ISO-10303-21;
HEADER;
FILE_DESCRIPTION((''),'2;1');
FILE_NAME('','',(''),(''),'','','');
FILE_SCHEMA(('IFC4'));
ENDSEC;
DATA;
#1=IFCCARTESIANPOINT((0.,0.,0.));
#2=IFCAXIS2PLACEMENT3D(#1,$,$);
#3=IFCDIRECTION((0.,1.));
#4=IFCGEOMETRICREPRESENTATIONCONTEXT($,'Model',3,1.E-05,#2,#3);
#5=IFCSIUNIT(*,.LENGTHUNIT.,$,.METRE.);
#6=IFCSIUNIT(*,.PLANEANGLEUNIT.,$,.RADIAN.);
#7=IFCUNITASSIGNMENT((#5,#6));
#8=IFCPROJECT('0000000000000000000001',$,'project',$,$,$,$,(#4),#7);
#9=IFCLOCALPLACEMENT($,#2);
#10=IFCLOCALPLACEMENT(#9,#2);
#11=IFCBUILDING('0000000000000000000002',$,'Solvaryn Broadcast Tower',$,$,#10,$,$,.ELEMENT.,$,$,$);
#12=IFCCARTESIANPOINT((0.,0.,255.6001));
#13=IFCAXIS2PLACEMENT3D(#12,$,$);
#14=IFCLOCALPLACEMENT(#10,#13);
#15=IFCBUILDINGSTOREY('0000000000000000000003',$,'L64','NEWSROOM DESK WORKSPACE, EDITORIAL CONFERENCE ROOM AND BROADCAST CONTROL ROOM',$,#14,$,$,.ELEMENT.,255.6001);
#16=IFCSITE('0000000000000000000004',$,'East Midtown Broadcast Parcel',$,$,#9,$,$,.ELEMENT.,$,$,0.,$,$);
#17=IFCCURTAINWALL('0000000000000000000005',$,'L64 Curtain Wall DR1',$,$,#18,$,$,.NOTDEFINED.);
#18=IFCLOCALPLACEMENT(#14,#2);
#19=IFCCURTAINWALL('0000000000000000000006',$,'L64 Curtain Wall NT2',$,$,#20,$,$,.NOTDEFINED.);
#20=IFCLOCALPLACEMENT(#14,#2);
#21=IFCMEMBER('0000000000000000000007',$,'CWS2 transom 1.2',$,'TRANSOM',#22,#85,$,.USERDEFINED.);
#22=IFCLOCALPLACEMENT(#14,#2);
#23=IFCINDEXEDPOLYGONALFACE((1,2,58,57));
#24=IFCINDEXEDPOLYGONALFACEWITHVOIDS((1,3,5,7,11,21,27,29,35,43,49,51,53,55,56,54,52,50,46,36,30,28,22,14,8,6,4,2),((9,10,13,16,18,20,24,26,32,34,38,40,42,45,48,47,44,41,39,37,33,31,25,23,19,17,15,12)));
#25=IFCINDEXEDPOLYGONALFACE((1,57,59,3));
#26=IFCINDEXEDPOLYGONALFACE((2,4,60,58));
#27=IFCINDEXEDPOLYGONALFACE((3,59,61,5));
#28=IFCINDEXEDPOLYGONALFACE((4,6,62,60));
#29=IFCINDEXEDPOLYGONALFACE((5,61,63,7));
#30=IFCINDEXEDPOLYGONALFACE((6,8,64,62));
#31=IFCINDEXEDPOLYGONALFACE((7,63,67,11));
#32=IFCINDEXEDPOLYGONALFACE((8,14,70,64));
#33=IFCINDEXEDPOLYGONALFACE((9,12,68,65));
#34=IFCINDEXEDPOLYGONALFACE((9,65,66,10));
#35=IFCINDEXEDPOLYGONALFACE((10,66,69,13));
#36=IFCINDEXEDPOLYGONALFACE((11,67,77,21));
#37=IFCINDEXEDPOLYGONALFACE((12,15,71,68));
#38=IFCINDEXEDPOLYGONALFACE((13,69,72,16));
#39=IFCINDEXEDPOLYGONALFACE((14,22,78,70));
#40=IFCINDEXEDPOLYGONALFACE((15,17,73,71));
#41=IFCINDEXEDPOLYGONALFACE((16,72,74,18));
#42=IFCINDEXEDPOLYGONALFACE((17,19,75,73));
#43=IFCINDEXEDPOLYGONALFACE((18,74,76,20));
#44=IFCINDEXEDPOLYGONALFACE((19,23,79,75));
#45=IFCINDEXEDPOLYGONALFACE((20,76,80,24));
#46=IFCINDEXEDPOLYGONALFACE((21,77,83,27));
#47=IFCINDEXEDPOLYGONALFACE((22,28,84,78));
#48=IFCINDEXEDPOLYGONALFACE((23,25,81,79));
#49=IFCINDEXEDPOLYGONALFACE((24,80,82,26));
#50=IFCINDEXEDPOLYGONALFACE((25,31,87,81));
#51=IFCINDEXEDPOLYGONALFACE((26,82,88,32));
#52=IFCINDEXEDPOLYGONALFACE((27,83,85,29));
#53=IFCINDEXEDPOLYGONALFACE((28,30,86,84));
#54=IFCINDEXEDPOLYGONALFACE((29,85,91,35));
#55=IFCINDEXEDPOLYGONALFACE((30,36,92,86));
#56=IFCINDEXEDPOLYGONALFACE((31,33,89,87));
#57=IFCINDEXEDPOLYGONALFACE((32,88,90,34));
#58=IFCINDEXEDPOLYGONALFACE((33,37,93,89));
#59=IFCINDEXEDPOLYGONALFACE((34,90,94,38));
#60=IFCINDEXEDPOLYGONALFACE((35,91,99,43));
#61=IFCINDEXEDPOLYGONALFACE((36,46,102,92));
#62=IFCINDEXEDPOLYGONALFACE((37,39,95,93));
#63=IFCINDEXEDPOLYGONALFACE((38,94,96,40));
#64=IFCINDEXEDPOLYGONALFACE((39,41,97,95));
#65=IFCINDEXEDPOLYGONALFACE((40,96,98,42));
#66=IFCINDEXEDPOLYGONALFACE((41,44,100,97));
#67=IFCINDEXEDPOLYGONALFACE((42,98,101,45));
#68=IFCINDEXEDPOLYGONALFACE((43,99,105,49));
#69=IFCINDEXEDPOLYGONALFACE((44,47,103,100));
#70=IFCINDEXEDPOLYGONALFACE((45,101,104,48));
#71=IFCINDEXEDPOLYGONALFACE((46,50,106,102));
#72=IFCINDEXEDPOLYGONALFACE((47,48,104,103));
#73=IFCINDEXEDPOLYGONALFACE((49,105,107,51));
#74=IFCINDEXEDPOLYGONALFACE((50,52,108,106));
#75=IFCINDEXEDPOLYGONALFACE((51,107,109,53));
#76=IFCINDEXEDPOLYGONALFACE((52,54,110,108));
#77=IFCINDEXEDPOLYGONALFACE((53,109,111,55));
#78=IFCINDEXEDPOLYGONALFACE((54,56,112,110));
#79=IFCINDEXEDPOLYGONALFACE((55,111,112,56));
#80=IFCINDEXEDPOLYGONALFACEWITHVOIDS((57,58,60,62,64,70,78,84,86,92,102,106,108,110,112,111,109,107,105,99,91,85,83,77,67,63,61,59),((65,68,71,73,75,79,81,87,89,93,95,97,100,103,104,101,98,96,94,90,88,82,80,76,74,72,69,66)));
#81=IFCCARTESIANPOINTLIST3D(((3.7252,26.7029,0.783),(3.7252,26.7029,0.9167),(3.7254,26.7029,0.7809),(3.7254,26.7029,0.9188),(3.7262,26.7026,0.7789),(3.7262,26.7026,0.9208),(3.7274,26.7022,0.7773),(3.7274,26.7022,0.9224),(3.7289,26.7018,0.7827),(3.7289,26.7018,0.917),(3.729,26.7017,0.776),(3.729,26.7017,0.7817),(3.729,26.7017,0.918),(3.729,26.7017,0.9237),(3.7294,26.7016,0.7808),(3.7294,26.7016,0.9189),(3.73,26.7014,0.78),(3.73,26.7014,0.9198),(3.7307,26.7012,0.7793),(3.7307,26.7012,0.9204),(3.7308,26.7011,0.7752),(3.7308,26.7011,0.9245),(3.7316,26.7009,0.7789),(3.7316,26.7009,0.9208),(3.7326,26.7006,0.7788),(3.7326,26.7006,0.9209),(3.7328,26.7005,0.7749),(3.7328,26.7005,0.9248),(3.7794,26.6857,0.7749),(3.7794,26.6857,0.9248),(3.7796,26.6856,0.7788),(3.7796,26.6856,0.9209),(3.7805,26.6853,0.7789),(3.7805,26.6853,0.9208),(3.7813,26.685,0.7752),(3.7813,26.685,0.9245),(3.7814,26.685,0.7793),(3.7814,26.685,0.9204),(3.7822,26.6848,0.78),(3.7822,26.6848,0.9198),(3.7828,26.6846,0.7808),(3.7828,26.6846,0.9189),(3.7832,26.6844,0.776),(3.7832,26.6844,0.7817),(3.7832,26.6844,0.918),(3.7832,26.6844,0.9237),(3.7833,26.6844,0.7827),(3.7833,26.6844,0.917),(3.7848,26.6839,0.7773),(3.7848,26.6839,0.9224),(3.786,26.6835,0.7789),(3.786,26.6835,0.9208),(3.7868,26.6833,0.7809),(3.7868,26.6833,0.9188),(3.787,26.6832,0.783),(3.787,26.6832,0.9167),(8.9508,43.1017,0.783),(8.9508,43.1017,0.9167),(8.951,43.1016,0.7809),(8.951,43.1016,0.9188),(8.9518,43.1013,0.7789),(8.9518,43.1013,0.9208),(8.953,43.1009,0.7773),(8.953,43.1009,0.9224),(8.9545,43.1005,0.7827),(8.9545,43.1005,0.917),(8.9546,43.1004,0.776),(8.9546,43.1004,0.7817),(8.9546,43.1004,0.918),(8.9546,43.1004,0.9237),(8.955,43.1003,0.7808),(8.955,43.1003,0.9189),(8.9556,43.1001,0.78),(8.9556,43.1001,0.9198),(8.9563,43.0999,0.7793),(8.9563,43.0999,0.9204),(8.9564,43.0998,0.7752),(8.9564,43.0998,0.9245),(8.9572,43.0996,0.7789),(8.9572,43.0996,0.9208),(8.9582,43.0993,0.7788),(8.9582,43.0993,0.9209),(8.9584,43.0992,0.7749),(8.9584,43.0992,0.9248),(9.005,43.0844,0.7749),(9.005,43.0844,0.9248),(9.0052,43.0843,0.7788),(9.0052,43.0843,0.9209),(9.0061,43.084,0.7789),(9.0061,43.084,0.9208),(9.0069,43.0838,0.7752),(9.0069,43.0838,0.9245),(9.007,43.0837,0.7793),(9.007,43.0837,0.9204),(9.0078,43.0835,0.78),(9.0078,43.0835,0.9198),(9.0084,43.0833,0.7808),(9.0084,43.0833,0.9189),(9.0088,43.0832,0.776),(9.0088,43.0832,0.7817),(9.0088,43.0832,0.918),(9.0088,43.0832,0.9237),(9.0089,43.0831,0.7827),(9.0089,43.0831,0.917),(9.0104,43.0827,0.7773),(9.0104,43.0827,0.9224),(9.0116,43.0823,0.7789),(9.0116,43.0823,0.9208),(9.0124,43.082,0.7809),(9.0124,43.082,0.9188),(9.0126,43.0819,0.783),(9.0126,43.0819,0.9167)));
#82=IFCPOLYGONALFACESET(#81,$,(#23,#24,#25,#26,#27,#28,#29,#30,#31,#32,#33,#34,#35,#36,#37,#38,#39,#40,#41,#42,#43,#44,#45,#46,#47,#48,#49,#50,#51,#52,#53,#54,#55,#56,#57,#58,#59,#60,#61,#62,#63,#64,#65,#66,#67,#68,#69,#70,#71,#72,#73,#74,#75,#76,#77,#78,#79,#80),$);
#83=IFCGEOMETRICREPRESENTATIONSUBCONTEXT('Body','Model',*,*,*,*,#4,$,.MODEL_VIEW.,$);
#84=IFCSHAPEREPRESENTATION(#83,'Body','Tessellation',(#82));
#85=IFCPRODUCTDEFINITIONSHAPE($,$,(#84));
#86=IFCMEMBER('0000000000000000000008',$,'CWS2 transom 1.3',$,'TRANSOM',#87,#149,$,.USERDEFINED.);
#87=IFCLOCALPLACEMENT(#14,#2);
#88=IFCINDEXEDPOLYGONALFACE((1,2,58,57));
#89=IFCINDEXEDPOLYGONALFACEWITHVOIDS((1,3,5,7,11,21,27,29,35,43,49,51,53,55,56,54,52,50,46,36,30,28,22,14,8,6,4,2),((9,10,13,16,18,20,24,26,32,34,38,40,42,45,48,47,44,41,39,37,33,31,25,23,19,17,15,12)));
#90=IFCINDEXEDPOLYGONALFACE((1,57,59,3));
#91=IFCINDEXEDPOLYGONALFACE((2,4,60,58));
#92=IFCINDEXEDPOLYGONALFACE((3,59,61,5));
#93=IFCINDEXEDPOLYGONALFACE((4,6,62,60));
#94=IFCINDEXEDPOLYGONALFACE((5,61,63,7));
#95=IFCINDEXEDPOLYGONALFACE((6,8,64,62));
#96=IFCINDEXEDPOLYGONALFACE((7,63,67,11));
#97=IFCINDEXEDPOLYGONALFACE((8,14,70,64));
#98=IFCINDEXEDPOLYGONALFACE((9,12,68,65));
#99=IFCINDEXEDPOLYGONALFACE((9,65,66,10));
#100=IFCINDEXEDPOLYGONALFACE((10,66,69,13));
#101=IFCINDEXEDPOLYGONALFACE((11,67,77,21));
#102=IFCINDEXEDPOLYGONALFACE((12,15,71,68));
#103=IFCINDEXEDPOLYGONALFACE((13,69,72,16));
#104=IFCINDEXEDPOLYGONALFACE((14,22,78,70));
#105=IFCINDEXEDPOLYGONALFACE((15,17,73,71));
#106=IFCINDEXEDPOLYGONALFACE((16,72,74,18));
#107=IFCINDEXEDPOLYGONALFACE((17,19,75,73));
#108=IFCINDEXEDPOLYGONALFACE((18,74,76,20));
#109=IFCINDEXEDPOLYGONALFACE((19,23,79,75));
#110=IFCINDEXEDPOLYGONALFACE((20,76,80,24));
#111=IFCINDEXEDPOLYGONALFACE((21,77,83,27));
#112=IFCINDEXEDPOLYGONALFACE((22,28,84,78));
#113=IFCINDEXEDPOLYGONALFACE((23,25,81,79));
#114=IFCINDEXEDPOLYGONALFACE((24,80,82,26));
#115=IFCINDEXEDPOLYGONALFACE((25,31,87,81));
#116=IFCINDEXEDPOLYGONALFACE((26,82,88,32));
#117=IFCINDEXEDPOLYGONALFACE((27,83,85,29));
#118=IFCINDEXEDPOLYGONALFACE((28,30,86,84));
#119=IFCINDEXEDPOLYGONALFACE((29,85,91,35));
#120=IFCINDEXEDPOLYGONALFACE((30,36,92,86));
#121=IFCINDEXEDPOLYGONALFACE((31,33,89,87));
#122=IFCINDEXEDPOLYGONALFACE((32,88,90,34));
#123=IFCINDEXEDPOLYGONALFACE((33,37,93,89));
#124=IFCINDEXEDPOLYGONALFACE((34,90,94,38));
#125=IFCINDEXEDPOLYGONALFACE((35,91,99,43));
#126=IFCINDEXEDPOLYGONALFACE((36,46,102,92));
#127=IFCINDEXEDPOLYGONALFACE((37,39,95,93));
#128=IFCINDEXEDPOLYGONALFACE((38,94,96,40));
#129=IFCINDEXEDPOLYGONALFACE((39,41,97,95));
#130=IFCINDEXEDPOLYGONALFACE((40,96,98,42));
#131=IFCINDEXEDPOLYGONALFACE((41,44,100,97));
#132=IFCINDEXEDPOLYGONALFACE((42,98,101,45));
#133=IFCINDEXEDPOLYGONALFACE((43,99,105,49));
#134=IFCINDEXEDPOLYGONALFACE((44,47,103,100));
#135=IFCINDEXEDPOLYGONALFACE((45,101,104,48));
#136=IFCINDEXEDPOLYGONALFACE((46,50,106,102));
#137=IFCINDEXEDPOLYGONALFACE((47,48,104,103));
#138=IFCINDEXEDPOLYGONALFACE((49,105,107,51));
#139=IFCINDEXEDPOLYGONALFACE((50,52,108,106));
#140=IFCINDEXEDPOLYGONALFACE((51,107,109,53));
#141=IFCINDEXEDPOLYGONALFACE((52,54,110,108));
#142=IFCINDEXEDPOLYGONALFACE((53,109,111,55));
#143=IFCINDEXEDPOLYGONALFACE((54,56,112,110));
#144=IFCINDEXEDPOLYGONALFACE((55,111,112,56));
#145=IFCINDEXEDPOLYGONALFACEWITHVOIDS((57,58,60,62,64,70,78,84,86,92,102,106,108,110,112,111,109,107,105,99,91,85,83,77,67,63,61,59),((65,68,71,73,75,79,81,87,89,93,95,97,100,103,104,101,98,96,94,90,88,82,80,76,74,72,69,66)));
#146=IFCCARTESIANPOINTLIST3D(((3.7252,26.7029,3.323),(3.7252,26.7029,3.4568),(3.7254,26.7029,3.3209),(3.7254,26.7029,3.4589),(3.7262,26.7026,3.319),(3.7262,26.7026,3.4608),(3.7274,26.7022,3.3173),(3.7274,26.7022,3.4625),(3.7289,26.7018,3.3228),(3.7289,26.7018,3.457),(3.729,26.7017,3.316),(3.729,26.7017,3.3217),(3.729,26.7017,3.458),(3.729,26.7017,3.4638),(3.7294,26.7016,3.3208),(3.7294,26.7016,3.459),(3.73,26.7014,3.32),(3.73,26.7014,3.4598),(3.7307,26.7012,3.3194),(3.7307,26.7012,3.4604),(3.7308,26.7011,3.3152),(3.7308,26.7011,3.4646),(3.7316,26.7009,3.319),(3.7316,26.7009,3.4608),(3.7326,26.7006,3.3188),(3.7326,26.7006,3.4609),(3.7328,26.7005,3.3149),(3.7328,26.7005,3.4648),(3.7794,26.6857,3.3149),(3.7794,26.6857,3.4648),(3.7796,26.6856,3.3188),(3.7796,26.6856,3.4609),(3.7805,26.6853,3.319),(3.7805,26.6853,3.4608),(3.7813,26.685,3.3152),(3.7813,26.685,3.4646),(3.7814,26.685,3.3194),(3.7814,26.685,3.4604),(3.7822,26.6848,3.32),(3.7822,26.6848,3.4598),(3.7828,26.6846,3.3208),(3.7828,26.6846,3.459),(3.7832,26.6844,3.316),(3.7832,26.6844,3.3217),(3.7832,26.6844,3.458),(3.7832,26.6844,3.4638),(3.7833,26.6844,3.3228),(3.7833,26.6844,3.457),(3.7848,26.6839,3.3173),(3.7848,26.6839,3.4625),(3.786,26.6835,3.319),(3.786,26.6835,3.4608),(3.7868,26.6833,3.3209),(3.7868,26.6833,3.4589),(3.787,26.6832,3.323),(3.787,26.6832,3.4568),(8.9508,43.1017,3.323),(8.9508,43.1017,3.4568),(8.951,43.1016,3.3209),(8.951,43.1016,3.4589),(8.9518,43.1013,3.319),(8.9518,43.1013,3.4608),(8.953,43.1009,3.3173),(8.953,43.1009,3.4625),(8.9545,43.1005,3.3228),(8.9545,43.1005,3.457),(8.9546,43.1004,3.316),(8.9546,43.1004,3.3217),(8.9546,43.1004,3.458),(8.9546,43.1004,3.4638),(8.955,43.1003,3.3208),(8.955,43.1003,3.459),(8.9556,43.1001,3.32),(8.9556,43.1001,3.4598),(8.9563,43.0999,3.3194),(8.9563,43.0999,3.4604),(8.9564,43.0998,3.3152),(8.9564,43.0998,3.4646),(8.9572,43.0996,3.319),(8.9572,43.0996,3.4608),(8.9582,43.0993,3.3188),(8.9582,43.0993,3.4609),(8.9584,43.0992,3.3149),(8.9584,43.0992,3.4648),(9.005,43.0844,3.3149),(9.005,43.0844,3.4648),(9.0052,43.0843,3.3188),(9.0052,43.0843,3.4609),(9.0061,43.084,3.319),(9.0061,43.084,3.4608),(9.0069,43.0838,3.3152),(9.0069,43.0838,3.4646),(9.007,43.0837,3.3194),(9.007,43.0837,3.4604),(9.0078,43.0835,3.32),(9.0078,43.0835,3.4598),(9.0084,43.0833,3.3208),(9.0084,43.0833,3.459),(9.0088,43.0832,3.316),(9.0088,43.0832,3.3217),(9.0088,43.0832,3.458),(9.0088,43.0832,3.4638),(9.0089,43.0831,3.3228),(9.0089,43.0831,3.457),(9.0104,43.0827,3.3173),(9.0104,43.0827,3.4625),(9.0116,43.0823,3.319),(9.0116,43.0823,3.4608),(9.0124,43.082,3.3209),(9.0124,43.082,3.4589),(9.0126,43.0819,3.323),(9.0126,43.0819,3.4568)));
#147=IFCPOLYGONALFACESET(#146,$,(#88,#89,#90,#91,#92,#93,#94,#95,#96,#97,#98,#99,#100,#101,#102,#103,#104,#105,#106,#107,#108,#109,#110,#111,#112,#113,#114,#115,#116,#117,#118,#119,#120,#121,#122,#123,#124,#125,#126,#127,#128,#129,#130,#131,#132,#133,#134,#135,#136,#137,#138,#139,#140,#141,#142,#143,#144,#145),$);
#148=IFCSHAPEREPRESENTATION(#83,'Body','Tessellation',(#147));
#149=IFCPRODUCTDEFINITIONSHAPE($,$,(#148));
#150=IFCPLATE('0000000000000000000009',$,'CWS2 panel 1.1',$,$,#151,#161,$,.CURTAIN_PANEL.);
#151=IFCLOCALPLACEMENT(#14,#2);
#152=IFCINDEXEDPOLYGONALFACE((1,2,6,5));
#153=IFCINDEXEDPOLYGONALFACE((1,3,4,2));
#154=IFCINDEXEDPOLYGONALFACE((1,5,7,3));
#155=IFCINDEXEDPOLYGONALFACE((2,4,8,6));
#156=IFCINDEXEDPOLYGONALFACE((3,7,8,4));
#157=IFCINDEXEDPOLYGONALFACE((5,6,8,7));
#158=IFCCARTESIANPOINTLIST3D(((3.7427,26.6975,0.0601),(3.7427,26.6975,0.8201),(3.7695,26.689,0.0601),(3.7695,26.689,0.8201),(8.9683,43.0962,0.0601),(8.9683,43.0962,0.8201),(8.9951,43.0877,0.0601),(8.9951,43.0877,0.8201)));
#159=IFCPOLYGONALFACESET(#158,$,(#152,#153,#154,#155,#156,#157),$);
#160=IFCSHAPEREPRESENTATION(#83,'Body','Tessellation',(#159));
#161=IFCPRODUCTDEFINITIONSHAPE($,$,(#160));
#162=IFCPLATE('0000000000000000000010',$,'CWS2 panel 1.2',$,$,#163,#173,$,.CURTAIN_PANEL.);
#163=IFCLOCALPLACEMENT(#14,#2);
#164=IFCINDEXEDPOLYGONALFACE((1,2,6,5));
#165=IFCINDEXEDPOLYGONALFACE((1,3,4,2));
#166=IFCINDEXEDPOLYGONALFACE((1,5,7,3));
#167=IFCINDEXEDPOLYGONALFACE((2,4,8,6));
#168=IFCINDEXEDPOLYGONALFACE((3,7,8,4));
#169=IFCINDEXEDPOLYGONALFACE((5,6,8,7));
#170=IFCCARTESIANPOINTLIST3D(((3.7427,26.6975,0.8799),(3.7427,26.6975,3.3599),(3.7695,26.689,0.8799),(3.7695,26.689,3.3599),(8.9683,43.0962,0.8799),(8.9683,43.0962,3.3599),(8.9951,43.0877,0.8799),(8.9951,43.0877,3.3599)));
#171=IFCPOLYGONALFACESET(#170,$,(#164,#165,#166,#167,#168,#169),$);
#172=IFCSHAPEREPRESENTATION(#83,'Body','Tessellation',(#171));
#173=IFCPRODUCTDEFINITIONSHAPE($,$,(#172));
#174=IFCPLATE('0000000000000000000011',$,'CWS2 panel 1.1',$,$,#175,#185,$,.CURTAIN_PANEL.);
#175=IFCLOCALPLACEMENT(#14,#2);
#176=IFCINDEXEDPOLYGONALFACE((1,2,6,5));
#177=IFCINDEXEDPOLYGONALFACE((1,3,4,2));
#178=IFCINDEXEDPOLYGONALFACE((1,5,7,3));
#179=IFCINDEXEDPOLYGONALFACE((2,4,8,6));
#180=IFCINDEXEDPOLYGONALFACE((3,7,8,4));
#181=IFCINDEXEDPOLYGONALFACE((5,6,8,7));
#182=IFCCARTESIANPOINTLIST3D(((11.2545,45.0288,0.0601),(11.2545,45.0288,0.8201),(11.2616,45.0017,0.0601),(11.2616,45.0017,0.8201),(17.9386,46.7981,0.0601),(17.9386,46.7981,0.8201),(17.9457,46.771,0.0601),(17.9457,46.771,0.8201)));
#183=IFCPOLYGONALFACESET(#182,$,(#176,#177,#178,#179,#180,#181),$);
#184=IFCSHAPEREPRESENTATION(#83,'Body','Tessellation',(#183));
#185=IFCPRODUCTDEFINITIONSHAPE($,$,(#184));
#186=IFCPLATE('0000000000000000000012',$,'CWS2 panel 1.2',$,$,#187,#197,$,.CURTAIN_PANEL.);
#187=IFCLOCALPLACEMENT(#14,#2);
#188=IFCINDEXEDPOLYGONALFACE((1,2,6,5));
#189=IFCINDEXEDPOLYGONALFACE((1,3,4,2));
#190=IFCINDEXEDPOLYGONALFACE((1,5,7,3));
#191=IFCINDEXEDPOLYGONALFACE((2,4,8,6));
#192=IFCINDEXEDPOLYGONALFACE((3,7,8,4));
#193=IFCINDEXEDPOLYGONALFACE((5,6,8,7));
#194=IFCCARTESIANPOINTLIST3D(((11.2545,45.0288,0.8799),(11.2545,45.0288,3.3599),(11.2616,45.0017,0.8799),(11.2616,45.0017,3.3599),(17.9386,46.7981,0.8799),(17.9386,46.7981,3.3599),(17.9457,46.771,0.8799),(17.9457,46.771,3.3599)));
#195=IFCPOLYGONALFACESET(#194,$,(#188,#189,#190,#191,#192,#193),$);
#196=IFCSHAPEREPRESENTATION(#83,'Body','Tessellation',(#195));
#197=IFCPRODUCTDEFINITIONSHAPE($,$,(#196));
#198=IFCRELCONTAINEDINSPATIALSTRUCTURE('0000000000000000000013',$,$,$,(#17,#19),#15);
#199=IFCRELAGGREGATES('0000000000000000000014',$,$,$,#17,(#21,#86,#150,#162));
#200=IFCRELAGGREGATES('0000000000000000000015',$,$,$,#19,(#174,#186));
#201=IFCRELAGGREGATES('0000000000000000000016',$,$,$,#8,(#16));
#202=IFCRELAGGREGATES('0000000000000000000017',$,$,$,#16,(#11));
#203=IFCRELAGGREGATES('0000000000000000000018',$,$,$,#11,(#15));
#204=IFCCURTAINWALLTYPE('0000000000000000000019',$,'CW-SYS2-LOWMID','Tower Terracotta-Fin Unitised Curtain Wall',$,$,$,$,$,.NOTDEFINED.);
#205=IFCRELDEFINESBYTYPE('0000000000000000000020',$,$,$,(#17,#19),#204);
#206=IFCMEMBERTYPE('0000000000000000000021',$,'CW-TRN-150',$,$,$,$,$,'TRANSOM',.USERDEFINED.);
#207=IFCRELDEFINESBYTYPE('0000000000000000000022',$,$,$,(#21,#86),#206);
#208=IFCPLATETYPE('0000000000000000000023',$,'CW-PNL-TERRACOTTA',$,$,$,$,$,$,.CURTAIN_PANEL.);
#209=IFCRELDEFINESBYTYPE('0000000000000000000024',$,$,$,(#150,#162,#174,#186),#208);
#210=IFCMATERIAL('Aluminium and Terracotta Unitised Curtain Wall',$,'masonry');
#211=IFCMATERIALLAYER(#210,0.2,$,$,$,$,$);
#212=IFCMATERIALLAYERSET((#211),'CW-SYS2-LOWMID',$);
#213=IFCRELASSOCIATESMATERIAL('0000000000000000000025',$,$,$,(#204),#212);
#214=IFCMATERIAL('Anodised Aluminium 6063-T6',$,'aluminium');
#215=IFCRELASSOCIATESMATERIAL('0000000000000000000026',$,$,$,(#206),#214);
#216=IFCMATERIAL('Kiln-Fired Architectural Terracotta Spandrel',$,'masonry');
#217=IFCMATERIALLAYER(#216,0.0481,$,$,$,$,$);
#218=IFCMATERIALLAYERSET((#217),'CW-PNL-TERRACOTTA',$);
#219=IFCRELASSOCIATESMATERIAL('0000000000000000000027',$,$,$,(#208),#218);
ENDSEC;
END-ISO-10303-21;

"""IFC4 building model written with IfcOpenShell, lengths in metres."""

from ifc_helpers import new_model, si_unit, direction, frame, origin, origin_2d, place, context, subcontext, project, spatial, rectangle, hollow_rectangle, extrude, material, layer, layer_set, material_profile, profile_set, type_object, element, aggregate, save


model = new_model("IFC4")

# Units and contexts
model_context = context("Model", 3, precision=1e-05, world=origin(), true_north=direction((0.0, 1.0)))
body_context = subcontext(model_context, "Body", "Model", "MODEL_VIEW")
ifc_project = project(units=[si_unit("LENGTHUNIT", "METRE"), si_unit("PLANEANGLEUNIT", "RADIAN")], contexts=[model_context])

# Site, building, storey
site_placement = place(None, origin())
site = spatial("IfcSite", under=ifc_project, at=site_placement, Name="East Midtown Broadcast Parcel", CompositionType="ELEMENT", RefElevation=0.0)
building_placement = place(site_placement, origin())
building = spatial("IfcBuilding", under=site, at=building_placement, Name="Solvaryn Broadcast Tower", CompositionType="ELEMENT")
storey_placement = place(building_placement, frame((0.0, 0.0, 255.6001)))
storey = spatial("IfcBuildingStorey", under=building, at=storey_placement, Name="L64", Description="NEWSROOM DESK WORKSPACE, EDITORIAL CONFERENCE ROOM AND BROADCAST CONTROL ROOM", CompositionType="ELEMENT", Elevation=255.6001)

# Curtain walls
ifc_material_1 = material(Name="Aluminium and Terracotta Unitised Curtain Wall", Category="masonry")
ifc_layer_1 = layer(ifc_material_1, 0.2)
ifc_layer_set_1 = layer_set([ifc_layer_1], Name="CW-SYS2-LOWMID")
curtain_wall_type = type_object("IfcCurtainWallType", Name="CW-SYS2-LOWMID", Description="Tower Terracotta-Fin Unitised Curtain Wall", PredefinedType="NOTDEFINED", material=ifc_layer_set_1)
curtain_wall_1_placement = place(storey_placement, origin())
curtain_wall_1 = element("IfcCurtainWall", 1, at=curtain_wall_1_placement, inside=storey, type_object=curtain_wall_type, Name="L64 Curtain Wall DR1", PredefinedType="NOTDEFINED")
curtain_wall_2_placement = place(storey_placement, origin())
curtain_wall_2 = element("IfcCurtainWall", 2, at=curtain_wall_2_placement, inside=storey, type_object=curtain_wall_type, Name="L64 Curtain Wall NT2", PredefinedType="NOTDEFINED")

# Members
ifc_material_2 = material(Name="Anodised Aluminium 6063-T6", Category="aluminium")
ifc_material_profile_1 = material_profile(ifc_material_2, hollow_rectangle(XDim=0.0649, YDim=0.1499, WallThickness=0.0039, InnerFilletRadius=0.0039, OuterFilletRadius=0.0081, at=origin_2d()))
ifc_profile_set_1 = profile_set([ifc_material_profile_1], Name="Anodised Aluminium 6063-T6")
member_type_1 = type_object("IfcMemberType", Name="CW-TRN-150", ElementType="TRANSOM", PredefinedType="USERDEFINED", material=ifc_profile_set_1)
member_1_placement = place(storey_placement, frame((8.9817, 43.0918, 0.8499), z_axis=(-0.303616, -0.952794, 0.0), x_axis=(0.952794, -0.303616, 0.0)))
member_1 = element("IfcMember", 3, at=member_1_placement, type_object=member_type_1, Name="CWS2 transom 1.2", ObjectType="TRANSOM", PredefinedType="USERDEFINED", context=body_context, shape_type="SweptSolid", body=[
    extrude(hollow_rectangle(XDim=0.0649, YDim=0.1499, WallThickness=0.0039, InnerFilletRadius=0.0039, OuterFilletRadius=0.0081, at=origin_2d()), origin(), (0.0, 0.0, 1.0), 17.2112),
])
member_2_placement = place(storey_placement, frame((8.9817, 43.0918, 3.3899), z_axis=(-0.303616, -0.952794, 0.0), x_axis=(0.952794, -0.303616, 0.0)))
member_2 = element("IfcMember", 4, at=member_2_placement, type_object=member_type_1, Name="CWS2 transom 1.3", ObjectType="TRANSOM", PredefinedType="USERDEFINED", context=body_context, shape_type="SweptSolid", body=[
    extrude(hollow_rectangle(XDim=0.0649, YDim=0.1499, WallThickness=0.0039, InnerFilletRadius=0.0039, OuterFilletRadius=0.0081, at=origin_2d()), origin(), (0.0, 0.0, 1.0), 17.2112),
])

# Plates
ifc_material_3 = material(Name="Kiln-Fired Architectural Terracotta Spandrel", Category="masonry")
ifc_layer_2 = layer(ifc_material_3, 0.0481)
ifc_layer_set_2 = layer_set([ifc_layer_2], Name="CW-PNL-TERRACOTTA")
plate_type = type_object("IfcPlateType", Name="CW-PNL-TERRACOTTA", PredefinedType="CURTAIN_PANEL", material=ifc_layer_set_2)
plate_1_placement = place(storey_placement, frame((6.3689, 34.8926, 0.0601), z_axis=(0.0, 0.0, 1.0), x_axis=(-0.303616, -0.952795, 0.0)))
plate_1 = element("IfcPlate", 5, at=plate_1_placement, type_object=plate_type, Name="CWS2 panel 1.1", PredefinedType="CURTAIN_PANEL", context=body_context, shape_type="SweptSolid", body=[
    extrude(rectangle(XDim=17.2112, YDim=0.0281, at=origin_2d()), origin(), (0.0, 0.0, 1.0), 0.76),
])
plate_2_placement = place(storey_placement, frame((6.3689, 34.8926, 0.8799), z_axis=(0.0, 0.0, 1.0), x_axis=(-0.303616, -0.952795, 0.0)))
plate_2 = element("IfcPlate", 6, at=plate_2_placement, type_object=plate_type, Name="CWS2 panel 1.2", PredefinedType="CURTAIN_PANEL", context=body_context, shape_type="SweptSolid", body=[
    extrude(rectangle(XDim=17.2112, YDim=0.0281, at=origin_2d()), origin(), (0.0, 0.0, 1.0), 2.48),
])
aggregate(curtain_wall_1, [member_1, member_2, plate_1, plate_2])
plate_3_placement = place(storey_placement, frame((14.6001, 45.8999, 0.0601), z_axis=(0.0, 0.0, 1.0), x_axis=(-0.966705, -0.255893, 0.0)))
plate_3 = element("IfcPlate", 7, at=plate_3_placement, type_object=plate_type, Name="CWS2 panel 1.1", PredefinedType="CURTAIN_PANEL", context=body_context, shape_type="SweptSolid", body=[
    extrude(rectangle(XDim=6.9143, YDim=0.0281, at=origin_2d()), origin(), (0.0, 0.0, 1.0), 0.76),
])
plate_4_placement = place(storey_placement, frame((14.6001, 45.8999, 0.8799), z_axis=(0.0, 0.0, 1.0), x_axis=(-0.966705, -0.255893, 0.0)))
plate_4 = element("IfcPlate", 8, at=plate_4_placement, type_object=plate_type, Name="CWS2 panel 1.2", PredefinedType="CURTAIN_PANEL", context=body_context, shape_type="SweptSolid", body=[
    extrude(rectangle(XDim=6.9143, YDim=0.0281, at=origin_2d()), origin(), (0.0, 0.0, 1.0), 2.48),
])
aggregate(curtain_wall_2, [plate_3, plate_4])

save(model, "model.ifc")
